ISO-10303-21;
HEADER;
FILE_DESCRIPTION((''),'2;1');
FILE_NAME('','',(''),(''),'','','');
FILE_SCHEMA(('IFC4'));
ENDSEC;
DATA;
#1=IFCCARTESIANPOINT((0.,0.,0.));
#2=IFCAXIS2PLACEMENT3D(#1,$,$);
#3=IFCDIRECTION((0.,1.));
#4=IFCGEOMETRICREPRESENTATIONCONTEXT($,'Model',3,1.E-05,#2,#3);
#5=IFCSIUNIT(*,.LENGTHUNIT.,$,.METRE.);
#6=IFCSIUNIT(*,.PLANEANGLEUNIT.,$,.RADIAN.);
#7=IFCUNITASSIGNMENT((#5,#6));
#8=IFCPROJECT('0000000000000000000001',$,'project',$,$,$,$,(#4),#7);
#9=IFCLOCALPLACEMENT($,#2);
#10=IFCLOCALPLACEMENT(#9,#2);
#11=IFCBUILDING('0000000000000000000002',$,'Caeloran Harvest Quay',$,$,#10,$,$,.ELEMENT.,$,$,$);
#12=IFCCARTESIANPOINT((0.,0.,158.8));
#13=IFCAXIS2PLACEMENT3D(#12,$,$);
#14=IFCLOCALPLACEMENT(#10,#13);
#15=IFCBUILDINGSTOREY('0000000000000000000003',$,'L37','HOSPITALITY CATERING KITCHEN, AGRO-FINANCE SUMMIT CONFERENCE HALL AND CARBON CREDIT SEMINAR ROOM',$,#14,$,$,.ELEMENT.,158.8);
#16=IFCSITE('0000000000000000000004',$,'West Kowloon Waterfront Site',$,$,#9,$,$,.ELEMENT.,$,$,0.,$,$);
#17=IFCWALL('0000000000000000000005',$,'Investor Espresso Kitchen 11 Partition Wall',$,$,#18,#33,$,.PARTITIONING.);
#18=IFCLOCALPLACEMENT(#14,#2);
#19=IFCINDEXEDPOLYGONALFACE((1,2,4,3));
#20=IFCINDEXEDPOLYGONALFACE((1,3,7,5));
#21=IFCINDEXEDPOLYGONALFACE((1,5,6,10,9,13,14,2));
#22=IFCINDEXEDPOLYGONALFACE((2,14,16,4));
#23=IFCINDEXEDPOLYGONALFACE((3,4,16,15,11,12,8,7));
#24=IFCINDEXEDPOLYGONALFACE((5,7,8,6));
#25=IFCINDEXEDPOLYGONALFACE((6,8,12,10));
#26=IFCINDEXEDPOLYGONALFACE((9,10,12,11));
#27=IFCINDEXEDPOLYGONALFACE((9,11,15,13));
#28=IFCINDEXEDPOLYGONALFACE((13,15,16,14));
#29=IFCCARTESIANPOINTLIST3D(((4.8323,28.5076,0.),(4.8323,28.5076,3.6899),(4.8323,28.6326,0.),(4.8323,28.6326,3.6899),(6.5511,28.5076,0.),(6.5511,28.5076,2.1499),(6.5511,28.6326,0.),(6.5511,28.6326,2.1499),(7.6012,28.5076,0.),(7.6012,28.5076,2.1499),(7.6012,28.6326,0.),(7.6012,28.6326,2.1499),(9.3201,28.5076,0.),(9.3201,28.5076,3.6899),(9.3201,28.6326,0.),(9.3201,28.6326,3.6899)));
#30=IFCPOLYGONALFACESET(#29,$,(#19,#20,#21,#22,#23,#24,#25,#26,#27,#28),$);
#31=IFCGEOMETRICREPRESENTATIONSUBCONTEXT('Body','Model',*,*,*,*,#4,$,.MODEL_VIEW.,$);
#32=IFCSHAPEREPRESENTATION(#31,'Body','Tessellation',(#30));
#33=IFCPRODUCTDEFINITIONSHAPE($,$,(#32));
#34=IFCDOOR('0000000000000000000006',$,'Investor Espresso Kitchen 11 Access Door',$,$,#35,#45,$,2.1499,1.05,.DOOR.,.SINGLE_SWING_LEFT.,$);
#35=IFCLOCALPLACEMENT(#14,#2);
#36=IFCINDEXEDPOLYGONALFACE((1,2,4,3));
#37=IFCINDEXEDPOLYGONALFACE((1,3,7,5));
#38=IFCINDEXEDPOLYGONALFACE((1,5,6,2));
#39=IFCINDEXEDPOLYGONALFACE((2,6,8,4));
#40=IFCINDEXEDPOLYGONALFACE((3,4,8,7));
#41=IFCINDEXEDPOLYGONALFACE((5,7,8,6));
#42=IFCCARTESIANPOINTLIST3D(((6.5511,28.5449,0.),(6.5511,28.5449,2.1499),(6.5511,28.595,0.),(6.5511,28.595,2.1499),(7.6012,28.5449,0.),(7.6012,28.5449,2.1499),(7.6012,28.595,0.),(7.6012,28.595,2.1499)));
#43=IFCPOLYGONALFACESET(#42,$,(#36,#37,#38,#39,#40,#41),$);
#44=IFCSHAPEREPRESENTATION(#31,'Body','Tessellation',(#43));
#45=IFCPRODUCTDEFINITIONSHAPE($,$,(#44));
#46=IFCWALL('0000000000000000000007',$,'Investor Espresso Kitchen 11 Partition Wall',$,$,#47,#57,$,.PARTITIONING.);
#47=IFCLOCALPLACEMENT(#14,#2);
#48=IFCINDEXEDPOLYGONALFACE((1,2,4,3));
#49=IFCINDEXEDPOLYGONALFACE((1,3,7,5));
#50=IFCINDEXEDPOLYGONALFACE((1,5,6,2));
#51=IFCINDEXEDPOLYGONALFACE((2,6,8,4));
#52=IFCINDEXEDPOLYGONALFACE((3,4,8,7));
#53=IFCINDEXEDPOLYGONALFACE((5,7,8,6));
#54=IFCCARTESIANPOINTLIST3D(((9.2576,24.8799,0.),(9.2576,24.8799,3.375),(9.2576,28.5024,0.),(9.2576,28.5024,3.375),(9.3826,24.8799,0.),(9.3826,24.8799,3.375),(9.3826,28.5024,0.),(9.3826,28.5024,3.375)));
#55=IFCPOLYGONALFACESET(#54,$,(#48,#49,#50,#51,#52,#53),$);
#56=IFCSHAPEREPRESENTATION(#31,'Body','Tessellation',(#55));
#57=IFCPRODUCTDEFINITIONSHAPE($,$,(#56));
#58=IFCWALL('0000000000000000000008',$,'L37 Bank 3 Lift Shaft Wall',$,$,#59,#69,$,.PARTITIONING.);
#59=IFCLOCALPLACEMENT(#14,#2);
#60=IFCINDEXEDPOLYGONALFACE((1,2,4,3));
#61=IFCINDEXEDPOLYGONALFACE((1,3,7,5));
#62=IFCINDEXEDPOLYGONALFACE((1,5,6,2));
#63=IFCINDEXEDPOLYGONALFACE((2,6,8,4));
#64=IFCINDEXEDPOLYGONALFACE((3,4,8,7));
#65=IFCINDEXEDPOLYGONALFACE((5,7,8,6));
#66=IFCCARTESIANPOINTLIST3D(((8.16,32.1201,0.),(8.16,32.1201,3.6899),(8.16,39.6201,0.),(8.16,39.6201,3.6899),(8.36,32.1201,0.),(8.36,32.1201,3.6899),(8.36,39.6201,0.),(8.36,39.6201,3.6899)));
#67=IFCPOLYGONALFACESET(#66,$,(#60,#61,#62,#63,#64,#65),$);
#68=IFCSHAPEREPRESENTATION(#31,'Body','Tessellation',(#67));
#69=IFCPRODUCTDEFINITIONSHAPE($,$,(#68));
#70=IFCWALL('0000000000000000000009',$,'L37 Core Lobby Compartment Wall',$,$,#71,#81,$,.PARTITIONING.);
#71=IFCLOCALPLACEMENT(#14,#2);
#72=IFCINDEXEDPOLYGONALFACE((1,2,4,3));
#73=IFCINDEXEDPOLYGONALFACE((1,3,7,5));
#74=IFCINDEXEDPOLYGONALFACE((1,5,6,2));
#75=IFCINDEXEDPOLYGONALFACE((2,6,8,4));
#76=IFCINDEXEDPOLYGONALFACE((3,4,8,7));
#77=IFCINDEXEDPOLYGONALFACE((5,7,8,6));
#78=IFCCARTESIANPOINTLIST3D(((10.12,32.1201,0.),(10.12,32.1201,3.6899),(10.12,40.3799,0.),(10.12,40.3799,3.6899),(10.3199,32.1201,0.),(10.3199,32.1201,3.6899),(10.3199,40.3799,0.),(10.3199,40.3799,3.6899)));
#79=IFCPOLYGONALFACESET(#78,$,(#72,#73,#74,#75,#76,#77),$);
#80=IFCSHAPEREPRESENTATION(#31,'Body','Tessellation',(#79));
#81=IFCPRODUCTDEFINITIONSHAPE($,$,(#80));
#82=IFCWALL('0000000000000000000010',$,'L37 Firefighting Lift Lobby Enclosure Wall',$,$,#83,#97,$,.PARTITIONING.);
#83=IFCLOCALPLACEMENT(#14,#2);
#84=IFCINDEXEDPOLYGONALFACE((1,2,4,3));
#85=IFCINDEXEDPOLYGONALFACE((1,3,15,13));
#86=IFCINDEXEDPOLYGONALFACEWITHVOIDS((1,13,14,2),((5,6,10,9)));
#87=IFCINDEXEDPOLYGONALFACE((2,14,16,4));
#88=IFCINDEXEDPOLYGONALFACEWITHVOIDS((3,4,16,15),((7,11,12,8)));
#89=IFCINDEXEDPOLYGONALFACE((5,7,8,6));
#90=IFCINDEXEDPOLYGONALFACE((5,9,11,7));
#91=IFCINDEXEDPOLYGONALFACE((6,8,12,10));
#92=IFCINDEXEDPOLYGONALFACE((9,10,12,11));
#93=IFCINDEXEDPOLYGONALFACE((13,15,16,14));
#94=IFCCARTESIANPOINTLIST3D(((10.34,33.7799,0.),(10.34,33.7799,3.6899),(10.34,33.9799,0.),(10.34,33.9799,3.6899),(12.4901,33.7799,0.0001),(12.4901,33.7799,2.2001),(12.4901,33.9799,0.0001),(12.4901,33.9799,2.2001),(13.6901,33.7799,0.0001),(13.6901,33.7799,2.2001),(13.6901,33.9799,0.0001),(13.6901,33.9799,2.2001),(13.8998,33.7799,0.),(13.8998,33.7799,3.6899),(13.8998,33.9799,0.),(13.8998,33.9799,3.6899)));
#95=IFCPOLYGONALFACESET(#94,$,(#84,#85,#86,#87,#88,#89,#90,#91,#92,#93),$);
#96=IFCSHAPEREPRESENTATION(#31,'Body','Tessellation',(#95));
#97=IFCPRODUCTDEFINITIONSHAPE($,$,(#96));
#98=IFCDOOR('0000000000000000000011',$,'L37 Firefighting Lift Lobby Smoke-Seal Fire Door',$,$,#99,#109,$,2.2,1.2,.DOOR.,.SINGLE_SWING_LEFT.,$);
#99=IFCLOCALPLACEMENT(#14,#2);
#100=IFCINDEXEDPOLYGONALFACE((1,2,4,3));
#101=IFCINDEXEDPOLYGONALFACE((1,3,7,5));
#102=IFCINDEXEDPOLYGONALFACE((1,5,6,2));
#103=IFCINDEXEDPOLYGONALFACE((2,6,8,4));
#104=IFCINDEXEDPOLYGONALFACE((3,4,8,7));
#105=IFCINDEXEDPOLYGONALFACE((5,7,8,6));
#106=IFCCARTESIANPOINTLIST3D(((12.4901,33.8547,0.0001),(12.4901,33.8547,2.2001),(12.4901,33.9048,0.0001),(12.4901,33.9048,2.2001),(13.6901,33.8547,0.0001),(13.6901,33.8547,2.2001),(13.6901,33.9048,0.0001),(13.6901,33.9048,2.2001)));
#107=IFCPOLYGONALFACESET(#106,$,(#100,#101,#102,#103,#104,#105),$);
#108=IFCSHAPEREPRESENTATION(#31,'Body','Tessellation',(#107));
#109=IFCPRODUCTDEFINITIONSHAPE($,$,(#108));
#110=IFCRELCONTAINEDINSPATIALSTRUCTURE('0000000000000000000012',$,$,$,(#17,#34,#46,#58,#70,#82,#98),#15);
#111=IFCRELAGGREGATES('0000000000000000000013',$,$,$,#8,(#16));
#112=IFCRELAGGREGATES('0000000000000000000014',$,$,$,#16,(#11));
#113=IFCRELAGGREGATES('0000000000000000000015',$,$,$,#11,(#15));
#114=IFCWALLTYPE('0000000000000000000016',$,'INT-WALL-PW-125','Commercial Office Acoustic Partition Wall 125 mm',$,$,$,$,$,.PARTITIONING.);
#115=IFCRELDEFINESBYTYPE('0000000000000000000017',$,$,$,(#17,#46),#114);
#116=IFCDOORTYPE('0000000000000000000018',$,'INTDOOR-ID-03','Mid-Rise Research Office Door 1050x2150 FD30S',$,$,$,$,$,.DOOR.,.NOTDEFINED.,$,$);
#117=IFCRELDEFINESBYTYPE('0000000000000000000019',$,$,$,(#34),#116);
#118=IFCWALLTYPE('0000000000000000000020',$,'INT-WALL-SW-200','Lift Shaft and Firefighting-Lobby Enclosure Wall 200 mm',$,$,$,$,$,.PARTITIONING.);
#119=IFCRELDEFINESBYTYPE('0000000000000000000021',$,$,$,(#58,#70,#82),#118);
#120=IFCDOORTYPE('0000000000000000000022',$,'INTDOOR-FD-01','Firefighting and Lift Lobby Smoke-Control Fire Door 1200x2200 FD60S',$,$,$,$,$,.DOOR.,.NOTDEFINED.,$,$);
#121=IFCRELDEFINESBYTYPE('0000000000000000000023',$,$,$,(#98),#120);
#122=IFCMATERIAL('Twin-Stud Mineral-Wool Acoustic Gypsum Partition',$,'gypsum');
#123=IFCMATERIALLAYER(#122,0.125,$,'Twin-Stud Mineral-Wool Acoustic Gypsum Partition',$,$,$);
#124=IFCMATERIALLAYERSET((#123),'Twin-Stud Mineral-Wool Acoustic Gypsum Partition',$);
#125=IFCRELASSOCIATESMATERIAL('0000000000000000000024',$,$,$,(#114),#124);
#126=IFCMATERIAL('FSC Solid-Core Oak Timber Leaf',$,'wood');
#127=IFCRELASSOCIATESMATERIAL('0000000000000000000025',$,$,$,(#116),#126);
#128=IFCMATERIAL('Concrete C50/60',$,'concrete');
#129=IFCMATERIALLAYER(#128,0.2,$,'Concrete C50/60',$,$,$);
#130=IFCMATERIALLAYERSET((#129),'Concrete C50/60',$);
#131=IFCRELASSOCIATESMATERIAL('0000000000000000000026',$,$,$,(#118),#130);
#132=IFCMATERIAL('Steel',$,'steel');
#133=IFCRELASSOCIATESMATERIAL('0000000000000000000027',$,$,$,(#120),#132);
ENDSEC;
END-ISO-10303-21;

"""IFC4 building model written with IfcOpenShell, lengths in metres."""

from ifc_helpers import new_model, si_unit, direction, frame, frame_2d, origin, place, context, subcontext, project, spatial, rectangle, extrude, material, layer, layer_set, type_object, element, fill, save


model = new_model("IFC4")

# Units and contexts
model_context = context("Model", 3, precision=1e-05, world=origin(), true_north=direction((0.0, 1.0)))
body_context = subcontext(model_context, "Body", "Model", "MODEL_VIEW")
ifc_project = project(units=[si_unit("LENGTHUNIT", "METRE"), si_unit("PLANEANGLEUNIT", "RADIAN")], contexts=[model_context])

# Site, building, storey
site_placement = place(None, origin())
site = spatial("IfcSite", under=ifc_project, at=site_placement, Name="West Kowloon Waterfront Site", CompositionType="ELEMENT", RefElevation=0.0)
building_placement = place(site_placement, origin())
building = spatial("IfcBuilding", under=site, at=building_placement, Name="Caeloran Harvest Quay", CompositionType="ELEMENT")
storey_placement = place(building_placement, frame((0.0, 0.0, 158.8)))
storey = spatial("IfcBuildingStorey", under=building, at=storey_placement, Name="L37", Description="HOSPITALITY CATERING KITCHEN, AGRO-FINANCE SUMMIT CONFERENCE HALL AND CARBON CREDIT SEMINAR ROOM", CompositionType="ELEMENT", Elevation=158.8)

# Shared definitions
ifc_material_1 = material(Name="Twin-Stud Mineral-Wool Acoustic Gypsum Partition", Category="gypsum")
ifc_layer_1 = layer(ifc_material_1, 0.125, Name="Twin-Stud Mineral-Wool Acoustic Gypsum Partition")
ifc_layer_set_1 = layer_set([ifc_layer_1], Name="Twin-Stud Mineral-Wool Acoustic Gypsum Partition")
wall_type_1 = type_object("IfcWallType", Name="INT-WALL-PW-125", Description="Commercial Office Acoustic Partition Wall 125 mm", PredefinedType="PARTITIONING", material=ifc_layer_set_1)

# Wall, opening, door
wall_1_placement = place(storey_placement, frame((4.8323, 28.5701, 0.0), z_axis=(0.0, 0.0, 1.0), x_axis=(1.0, 0.0, 0.0)))
wall_1 = element("IfcWall", 1, at=wall_1_placement, inside=storey, type_object=wall_type_1, Name="Investor Espresso Kitchen 11 Partition Wall", PredefinedType="PARTITIONING", context=body_context, shape_type="SweptSolid", body=[
    extrude(rectangle(XDim=4.4878, YDim=0.125, at=frame_2d((2.2439, 0.0))), origin(), (0.0, 0.0, 1.0), 3.6899),
])
opening_1_placement = place(wall_1_placement, frame((1.719, 0.0, 0.0)))
opening_1 = element("IfcOpeningElement", 2, at=opening_1_placement, cuts=wall_1, PredefinedType="OPENING", context=body_context, shape_type="SweptSolid", body=[
    extrude(rectangle(XDim=1.05, YDim=2.1499, at=frame_2d((0.5249, 1.075))), frame((0.0, 0.0725, 0.0), z_axis=(0.0, -1.0, 0.0), x_axis=(1.0, 0.0, 0.0)), (0.0, 0.0, 1.0), 0.145),
])
ifc_material_2 = material(Name="FSC Solid-Core Oak Timber Leaf", Category="wood")
door_type_1 = type_object("IfcDoorType", Name="INTDOOR-ID-03", Description="Mid-Rise Research Office Door 1050x2150 FD30S", OperationType="NOTDEFINED", PredefinedType="DOOR", material=ifc_material_2)
door_1_placement = place(opening_1_placement, origin())
door_1 = element("IfcDoor", 3, at=door_1_placement, inside=storey, type_object=door_type_1, Name="Investor Espresso Kitchen 11 Access Door", OperationType="SINGLE_SWING_LEFT", OverallHeight=2.1499, OverallWidth=1.05, PredefinedType="DOOR", context=body_context, shape_type="SweptSolid", body=[
    extrude(rectangle(XDim=1.05, YDim=2.1499, at=frame_2d((0.5249, 1.075))), frame((0.0, 0.0249, 0.0), z_axis=(0.0, -1.0, 0.0), x_axis=(1.0, 0.0, 0.0)), (0.0, 0.0, 1.0), 0.05),
])
fill(opening_1, door_1)

# Walls
wall_2_placement = place(storey_placement, frame((9.3201, 28.5024, 0.0), z_axis=(0.0, 0.0, 1.0), x_axis=(0.0, -1.0, 0.0)))
element("IfcWall", 4, at=wall_2_placement, inside=storey, type_object=wall_type_1, Name="Investor Espresso Kitchen 11 Partition Wall", PredefinedType="PARTITIONING", context=body_context, shape_type="SweptSolid", body=[
    extrude(rectangle(XDim=3.6226, YDim=0.125, at=frame_2d((1.8113, 0.0))), origin(), (0.0, 0.0, 1.0), 3.375),
])
ifc_material_3 = material(Name="Concrete C50/60", Category="concrete")
ifc_layer_2 = layer(ifc_material_3, 0.2, Name="Concrete C50/60")
ifc_layer_set_2 = layer_set([ifc_layer_2], Name="Concrete C50/60")
wall_type_2 = type_object("IfcWallType", Name="INT-WALL-SW-200", Description="Lift Shaft and Firefighting-Lobby Enclosure Wall 200 mm", PredefinedType="PARTITIONING", material=ifc_layer_set_2)
wall_3_placement = place(storey_placement, frame((8.26, 32.1201, 0.0), z_axis=(0.0, 0.0, 1.0), x_axis=(0.0, 1.0, 0.0)))
element("IfcWall", 5, at=wall_3_placement, inside=storey, type_object=wall_type_2, Name="L37 Bank 3 Lift Shaft Wall", PredefinedType="PARTITIONING", context=body_context, shape_type="SweptSolid", body=[
    extrude(rectangle(XDim=7.5, YDim=0.2, at=frame_2d((3.75, 0.0))), origin(), (0.0, 0.0, 1.0), 3.6899),
])
wall_4_placement = place(storey_placement, frame((10.22, 32.1201, 0.0), z_axis=(0.0, 0.0, 1.0), x_axis=(0.0, 1.0, 0.0)))
element("IfcWall", 6, at=wall_4_placement, inside=storey, type_object=wall_type_2, Name="L37 Core Lobby Compartment Wall", PredefinedType="PARTITIONING", context=body_context, shape_type="SweptSolid", body=[
    extrude(rectangle(XDim=8.2598, YDim=0.2, at=frame_2d((4.1299, 0.0))), origin(), (0.0, 0.0, 1.0), 3.6899),
])

# Wall, opening, door
wall_5_placement = place(storey_placement, frame((10.3401, 33.8799, 0.0), z_axis=(0.0, 0.0, 1.0), x_axis=(1.0, 0.0, 0.0)))
wall_5 = element("IfcWall", 7, at=wall_5_placement, inside=storey, type_object=wall_type_2, Name="L37 Firefighting Lift Lobby Enclosure Wall", PredefinedType="PARTITIONING", context=body_context, shape_type="SweptSolid", body=[
    extrude(rectangle(XDim=3.5598, YDim=0.2, at=frame_2d((1.7798, 0.0))), origin(), (0.0, 0.0, 1.0), 3.6899),
])
opening_2_placement = place(wall_5_placement, frame((2.1499, 0.0, 0.0)))
opening_2 = element("IfcOpeningElement", 8, at=opening_2_placement, cuts=wall_5, PredefinedType="OPENING", context=body_context, shape_type="SweptSolid", body=[
    extrude(rectangle(XDim=1.2, YDim=2.2, at=frame_2d((0.6001, 1.1001))), frame((0.0, 0.1099, 0.0), z_axis=(0.0, -1.0, 0.0), x_axis=(1.0, 0.0, 0.0)), (0.0, 0.0, 1.0), 0.22),
])
ifc_material_4 = material(Name="Steel", Category="steel")
door_type_2 = type_object("IfcDoorType", Name="INTDOOR-FD-01", Description="Firefighting and Lift Lobby Smoke-Control Fire Door 1200x2200 FD60S", OperationType="NOTDEFINED", PredefinedType="DOOR", material=ifc_material_4)
door_2_placement = place(opening_2_placement, origin())
door_2 = element("IfcDoor", 9, at=door_2_placement, inside=storey, type_object=door_type_2, Name="L37 Firefighting Lift Lobby Smoke-Seal Fire Door", OperationType="SINGLE_SWING_LEFT", OverallHeight=2.2, OverallWidth=1.2, PredefinedType="DOOR", context=body_context, shape_type="SweptSolid", body=[
    extrude(rectangle(XDim=1.2, YDim=2.2, at=frame_2d((0.6001, 1.1001))), frame((0.0, 0.0249, 0.0), z_axis=(0.0, -1.0, 0.0), x_axis=(1.0, 0.0, 0.0)), (0.0, 0.0, 1.0), 0.05),
])
fill(opening_2, door_2)

save(model, "model.ifc")
